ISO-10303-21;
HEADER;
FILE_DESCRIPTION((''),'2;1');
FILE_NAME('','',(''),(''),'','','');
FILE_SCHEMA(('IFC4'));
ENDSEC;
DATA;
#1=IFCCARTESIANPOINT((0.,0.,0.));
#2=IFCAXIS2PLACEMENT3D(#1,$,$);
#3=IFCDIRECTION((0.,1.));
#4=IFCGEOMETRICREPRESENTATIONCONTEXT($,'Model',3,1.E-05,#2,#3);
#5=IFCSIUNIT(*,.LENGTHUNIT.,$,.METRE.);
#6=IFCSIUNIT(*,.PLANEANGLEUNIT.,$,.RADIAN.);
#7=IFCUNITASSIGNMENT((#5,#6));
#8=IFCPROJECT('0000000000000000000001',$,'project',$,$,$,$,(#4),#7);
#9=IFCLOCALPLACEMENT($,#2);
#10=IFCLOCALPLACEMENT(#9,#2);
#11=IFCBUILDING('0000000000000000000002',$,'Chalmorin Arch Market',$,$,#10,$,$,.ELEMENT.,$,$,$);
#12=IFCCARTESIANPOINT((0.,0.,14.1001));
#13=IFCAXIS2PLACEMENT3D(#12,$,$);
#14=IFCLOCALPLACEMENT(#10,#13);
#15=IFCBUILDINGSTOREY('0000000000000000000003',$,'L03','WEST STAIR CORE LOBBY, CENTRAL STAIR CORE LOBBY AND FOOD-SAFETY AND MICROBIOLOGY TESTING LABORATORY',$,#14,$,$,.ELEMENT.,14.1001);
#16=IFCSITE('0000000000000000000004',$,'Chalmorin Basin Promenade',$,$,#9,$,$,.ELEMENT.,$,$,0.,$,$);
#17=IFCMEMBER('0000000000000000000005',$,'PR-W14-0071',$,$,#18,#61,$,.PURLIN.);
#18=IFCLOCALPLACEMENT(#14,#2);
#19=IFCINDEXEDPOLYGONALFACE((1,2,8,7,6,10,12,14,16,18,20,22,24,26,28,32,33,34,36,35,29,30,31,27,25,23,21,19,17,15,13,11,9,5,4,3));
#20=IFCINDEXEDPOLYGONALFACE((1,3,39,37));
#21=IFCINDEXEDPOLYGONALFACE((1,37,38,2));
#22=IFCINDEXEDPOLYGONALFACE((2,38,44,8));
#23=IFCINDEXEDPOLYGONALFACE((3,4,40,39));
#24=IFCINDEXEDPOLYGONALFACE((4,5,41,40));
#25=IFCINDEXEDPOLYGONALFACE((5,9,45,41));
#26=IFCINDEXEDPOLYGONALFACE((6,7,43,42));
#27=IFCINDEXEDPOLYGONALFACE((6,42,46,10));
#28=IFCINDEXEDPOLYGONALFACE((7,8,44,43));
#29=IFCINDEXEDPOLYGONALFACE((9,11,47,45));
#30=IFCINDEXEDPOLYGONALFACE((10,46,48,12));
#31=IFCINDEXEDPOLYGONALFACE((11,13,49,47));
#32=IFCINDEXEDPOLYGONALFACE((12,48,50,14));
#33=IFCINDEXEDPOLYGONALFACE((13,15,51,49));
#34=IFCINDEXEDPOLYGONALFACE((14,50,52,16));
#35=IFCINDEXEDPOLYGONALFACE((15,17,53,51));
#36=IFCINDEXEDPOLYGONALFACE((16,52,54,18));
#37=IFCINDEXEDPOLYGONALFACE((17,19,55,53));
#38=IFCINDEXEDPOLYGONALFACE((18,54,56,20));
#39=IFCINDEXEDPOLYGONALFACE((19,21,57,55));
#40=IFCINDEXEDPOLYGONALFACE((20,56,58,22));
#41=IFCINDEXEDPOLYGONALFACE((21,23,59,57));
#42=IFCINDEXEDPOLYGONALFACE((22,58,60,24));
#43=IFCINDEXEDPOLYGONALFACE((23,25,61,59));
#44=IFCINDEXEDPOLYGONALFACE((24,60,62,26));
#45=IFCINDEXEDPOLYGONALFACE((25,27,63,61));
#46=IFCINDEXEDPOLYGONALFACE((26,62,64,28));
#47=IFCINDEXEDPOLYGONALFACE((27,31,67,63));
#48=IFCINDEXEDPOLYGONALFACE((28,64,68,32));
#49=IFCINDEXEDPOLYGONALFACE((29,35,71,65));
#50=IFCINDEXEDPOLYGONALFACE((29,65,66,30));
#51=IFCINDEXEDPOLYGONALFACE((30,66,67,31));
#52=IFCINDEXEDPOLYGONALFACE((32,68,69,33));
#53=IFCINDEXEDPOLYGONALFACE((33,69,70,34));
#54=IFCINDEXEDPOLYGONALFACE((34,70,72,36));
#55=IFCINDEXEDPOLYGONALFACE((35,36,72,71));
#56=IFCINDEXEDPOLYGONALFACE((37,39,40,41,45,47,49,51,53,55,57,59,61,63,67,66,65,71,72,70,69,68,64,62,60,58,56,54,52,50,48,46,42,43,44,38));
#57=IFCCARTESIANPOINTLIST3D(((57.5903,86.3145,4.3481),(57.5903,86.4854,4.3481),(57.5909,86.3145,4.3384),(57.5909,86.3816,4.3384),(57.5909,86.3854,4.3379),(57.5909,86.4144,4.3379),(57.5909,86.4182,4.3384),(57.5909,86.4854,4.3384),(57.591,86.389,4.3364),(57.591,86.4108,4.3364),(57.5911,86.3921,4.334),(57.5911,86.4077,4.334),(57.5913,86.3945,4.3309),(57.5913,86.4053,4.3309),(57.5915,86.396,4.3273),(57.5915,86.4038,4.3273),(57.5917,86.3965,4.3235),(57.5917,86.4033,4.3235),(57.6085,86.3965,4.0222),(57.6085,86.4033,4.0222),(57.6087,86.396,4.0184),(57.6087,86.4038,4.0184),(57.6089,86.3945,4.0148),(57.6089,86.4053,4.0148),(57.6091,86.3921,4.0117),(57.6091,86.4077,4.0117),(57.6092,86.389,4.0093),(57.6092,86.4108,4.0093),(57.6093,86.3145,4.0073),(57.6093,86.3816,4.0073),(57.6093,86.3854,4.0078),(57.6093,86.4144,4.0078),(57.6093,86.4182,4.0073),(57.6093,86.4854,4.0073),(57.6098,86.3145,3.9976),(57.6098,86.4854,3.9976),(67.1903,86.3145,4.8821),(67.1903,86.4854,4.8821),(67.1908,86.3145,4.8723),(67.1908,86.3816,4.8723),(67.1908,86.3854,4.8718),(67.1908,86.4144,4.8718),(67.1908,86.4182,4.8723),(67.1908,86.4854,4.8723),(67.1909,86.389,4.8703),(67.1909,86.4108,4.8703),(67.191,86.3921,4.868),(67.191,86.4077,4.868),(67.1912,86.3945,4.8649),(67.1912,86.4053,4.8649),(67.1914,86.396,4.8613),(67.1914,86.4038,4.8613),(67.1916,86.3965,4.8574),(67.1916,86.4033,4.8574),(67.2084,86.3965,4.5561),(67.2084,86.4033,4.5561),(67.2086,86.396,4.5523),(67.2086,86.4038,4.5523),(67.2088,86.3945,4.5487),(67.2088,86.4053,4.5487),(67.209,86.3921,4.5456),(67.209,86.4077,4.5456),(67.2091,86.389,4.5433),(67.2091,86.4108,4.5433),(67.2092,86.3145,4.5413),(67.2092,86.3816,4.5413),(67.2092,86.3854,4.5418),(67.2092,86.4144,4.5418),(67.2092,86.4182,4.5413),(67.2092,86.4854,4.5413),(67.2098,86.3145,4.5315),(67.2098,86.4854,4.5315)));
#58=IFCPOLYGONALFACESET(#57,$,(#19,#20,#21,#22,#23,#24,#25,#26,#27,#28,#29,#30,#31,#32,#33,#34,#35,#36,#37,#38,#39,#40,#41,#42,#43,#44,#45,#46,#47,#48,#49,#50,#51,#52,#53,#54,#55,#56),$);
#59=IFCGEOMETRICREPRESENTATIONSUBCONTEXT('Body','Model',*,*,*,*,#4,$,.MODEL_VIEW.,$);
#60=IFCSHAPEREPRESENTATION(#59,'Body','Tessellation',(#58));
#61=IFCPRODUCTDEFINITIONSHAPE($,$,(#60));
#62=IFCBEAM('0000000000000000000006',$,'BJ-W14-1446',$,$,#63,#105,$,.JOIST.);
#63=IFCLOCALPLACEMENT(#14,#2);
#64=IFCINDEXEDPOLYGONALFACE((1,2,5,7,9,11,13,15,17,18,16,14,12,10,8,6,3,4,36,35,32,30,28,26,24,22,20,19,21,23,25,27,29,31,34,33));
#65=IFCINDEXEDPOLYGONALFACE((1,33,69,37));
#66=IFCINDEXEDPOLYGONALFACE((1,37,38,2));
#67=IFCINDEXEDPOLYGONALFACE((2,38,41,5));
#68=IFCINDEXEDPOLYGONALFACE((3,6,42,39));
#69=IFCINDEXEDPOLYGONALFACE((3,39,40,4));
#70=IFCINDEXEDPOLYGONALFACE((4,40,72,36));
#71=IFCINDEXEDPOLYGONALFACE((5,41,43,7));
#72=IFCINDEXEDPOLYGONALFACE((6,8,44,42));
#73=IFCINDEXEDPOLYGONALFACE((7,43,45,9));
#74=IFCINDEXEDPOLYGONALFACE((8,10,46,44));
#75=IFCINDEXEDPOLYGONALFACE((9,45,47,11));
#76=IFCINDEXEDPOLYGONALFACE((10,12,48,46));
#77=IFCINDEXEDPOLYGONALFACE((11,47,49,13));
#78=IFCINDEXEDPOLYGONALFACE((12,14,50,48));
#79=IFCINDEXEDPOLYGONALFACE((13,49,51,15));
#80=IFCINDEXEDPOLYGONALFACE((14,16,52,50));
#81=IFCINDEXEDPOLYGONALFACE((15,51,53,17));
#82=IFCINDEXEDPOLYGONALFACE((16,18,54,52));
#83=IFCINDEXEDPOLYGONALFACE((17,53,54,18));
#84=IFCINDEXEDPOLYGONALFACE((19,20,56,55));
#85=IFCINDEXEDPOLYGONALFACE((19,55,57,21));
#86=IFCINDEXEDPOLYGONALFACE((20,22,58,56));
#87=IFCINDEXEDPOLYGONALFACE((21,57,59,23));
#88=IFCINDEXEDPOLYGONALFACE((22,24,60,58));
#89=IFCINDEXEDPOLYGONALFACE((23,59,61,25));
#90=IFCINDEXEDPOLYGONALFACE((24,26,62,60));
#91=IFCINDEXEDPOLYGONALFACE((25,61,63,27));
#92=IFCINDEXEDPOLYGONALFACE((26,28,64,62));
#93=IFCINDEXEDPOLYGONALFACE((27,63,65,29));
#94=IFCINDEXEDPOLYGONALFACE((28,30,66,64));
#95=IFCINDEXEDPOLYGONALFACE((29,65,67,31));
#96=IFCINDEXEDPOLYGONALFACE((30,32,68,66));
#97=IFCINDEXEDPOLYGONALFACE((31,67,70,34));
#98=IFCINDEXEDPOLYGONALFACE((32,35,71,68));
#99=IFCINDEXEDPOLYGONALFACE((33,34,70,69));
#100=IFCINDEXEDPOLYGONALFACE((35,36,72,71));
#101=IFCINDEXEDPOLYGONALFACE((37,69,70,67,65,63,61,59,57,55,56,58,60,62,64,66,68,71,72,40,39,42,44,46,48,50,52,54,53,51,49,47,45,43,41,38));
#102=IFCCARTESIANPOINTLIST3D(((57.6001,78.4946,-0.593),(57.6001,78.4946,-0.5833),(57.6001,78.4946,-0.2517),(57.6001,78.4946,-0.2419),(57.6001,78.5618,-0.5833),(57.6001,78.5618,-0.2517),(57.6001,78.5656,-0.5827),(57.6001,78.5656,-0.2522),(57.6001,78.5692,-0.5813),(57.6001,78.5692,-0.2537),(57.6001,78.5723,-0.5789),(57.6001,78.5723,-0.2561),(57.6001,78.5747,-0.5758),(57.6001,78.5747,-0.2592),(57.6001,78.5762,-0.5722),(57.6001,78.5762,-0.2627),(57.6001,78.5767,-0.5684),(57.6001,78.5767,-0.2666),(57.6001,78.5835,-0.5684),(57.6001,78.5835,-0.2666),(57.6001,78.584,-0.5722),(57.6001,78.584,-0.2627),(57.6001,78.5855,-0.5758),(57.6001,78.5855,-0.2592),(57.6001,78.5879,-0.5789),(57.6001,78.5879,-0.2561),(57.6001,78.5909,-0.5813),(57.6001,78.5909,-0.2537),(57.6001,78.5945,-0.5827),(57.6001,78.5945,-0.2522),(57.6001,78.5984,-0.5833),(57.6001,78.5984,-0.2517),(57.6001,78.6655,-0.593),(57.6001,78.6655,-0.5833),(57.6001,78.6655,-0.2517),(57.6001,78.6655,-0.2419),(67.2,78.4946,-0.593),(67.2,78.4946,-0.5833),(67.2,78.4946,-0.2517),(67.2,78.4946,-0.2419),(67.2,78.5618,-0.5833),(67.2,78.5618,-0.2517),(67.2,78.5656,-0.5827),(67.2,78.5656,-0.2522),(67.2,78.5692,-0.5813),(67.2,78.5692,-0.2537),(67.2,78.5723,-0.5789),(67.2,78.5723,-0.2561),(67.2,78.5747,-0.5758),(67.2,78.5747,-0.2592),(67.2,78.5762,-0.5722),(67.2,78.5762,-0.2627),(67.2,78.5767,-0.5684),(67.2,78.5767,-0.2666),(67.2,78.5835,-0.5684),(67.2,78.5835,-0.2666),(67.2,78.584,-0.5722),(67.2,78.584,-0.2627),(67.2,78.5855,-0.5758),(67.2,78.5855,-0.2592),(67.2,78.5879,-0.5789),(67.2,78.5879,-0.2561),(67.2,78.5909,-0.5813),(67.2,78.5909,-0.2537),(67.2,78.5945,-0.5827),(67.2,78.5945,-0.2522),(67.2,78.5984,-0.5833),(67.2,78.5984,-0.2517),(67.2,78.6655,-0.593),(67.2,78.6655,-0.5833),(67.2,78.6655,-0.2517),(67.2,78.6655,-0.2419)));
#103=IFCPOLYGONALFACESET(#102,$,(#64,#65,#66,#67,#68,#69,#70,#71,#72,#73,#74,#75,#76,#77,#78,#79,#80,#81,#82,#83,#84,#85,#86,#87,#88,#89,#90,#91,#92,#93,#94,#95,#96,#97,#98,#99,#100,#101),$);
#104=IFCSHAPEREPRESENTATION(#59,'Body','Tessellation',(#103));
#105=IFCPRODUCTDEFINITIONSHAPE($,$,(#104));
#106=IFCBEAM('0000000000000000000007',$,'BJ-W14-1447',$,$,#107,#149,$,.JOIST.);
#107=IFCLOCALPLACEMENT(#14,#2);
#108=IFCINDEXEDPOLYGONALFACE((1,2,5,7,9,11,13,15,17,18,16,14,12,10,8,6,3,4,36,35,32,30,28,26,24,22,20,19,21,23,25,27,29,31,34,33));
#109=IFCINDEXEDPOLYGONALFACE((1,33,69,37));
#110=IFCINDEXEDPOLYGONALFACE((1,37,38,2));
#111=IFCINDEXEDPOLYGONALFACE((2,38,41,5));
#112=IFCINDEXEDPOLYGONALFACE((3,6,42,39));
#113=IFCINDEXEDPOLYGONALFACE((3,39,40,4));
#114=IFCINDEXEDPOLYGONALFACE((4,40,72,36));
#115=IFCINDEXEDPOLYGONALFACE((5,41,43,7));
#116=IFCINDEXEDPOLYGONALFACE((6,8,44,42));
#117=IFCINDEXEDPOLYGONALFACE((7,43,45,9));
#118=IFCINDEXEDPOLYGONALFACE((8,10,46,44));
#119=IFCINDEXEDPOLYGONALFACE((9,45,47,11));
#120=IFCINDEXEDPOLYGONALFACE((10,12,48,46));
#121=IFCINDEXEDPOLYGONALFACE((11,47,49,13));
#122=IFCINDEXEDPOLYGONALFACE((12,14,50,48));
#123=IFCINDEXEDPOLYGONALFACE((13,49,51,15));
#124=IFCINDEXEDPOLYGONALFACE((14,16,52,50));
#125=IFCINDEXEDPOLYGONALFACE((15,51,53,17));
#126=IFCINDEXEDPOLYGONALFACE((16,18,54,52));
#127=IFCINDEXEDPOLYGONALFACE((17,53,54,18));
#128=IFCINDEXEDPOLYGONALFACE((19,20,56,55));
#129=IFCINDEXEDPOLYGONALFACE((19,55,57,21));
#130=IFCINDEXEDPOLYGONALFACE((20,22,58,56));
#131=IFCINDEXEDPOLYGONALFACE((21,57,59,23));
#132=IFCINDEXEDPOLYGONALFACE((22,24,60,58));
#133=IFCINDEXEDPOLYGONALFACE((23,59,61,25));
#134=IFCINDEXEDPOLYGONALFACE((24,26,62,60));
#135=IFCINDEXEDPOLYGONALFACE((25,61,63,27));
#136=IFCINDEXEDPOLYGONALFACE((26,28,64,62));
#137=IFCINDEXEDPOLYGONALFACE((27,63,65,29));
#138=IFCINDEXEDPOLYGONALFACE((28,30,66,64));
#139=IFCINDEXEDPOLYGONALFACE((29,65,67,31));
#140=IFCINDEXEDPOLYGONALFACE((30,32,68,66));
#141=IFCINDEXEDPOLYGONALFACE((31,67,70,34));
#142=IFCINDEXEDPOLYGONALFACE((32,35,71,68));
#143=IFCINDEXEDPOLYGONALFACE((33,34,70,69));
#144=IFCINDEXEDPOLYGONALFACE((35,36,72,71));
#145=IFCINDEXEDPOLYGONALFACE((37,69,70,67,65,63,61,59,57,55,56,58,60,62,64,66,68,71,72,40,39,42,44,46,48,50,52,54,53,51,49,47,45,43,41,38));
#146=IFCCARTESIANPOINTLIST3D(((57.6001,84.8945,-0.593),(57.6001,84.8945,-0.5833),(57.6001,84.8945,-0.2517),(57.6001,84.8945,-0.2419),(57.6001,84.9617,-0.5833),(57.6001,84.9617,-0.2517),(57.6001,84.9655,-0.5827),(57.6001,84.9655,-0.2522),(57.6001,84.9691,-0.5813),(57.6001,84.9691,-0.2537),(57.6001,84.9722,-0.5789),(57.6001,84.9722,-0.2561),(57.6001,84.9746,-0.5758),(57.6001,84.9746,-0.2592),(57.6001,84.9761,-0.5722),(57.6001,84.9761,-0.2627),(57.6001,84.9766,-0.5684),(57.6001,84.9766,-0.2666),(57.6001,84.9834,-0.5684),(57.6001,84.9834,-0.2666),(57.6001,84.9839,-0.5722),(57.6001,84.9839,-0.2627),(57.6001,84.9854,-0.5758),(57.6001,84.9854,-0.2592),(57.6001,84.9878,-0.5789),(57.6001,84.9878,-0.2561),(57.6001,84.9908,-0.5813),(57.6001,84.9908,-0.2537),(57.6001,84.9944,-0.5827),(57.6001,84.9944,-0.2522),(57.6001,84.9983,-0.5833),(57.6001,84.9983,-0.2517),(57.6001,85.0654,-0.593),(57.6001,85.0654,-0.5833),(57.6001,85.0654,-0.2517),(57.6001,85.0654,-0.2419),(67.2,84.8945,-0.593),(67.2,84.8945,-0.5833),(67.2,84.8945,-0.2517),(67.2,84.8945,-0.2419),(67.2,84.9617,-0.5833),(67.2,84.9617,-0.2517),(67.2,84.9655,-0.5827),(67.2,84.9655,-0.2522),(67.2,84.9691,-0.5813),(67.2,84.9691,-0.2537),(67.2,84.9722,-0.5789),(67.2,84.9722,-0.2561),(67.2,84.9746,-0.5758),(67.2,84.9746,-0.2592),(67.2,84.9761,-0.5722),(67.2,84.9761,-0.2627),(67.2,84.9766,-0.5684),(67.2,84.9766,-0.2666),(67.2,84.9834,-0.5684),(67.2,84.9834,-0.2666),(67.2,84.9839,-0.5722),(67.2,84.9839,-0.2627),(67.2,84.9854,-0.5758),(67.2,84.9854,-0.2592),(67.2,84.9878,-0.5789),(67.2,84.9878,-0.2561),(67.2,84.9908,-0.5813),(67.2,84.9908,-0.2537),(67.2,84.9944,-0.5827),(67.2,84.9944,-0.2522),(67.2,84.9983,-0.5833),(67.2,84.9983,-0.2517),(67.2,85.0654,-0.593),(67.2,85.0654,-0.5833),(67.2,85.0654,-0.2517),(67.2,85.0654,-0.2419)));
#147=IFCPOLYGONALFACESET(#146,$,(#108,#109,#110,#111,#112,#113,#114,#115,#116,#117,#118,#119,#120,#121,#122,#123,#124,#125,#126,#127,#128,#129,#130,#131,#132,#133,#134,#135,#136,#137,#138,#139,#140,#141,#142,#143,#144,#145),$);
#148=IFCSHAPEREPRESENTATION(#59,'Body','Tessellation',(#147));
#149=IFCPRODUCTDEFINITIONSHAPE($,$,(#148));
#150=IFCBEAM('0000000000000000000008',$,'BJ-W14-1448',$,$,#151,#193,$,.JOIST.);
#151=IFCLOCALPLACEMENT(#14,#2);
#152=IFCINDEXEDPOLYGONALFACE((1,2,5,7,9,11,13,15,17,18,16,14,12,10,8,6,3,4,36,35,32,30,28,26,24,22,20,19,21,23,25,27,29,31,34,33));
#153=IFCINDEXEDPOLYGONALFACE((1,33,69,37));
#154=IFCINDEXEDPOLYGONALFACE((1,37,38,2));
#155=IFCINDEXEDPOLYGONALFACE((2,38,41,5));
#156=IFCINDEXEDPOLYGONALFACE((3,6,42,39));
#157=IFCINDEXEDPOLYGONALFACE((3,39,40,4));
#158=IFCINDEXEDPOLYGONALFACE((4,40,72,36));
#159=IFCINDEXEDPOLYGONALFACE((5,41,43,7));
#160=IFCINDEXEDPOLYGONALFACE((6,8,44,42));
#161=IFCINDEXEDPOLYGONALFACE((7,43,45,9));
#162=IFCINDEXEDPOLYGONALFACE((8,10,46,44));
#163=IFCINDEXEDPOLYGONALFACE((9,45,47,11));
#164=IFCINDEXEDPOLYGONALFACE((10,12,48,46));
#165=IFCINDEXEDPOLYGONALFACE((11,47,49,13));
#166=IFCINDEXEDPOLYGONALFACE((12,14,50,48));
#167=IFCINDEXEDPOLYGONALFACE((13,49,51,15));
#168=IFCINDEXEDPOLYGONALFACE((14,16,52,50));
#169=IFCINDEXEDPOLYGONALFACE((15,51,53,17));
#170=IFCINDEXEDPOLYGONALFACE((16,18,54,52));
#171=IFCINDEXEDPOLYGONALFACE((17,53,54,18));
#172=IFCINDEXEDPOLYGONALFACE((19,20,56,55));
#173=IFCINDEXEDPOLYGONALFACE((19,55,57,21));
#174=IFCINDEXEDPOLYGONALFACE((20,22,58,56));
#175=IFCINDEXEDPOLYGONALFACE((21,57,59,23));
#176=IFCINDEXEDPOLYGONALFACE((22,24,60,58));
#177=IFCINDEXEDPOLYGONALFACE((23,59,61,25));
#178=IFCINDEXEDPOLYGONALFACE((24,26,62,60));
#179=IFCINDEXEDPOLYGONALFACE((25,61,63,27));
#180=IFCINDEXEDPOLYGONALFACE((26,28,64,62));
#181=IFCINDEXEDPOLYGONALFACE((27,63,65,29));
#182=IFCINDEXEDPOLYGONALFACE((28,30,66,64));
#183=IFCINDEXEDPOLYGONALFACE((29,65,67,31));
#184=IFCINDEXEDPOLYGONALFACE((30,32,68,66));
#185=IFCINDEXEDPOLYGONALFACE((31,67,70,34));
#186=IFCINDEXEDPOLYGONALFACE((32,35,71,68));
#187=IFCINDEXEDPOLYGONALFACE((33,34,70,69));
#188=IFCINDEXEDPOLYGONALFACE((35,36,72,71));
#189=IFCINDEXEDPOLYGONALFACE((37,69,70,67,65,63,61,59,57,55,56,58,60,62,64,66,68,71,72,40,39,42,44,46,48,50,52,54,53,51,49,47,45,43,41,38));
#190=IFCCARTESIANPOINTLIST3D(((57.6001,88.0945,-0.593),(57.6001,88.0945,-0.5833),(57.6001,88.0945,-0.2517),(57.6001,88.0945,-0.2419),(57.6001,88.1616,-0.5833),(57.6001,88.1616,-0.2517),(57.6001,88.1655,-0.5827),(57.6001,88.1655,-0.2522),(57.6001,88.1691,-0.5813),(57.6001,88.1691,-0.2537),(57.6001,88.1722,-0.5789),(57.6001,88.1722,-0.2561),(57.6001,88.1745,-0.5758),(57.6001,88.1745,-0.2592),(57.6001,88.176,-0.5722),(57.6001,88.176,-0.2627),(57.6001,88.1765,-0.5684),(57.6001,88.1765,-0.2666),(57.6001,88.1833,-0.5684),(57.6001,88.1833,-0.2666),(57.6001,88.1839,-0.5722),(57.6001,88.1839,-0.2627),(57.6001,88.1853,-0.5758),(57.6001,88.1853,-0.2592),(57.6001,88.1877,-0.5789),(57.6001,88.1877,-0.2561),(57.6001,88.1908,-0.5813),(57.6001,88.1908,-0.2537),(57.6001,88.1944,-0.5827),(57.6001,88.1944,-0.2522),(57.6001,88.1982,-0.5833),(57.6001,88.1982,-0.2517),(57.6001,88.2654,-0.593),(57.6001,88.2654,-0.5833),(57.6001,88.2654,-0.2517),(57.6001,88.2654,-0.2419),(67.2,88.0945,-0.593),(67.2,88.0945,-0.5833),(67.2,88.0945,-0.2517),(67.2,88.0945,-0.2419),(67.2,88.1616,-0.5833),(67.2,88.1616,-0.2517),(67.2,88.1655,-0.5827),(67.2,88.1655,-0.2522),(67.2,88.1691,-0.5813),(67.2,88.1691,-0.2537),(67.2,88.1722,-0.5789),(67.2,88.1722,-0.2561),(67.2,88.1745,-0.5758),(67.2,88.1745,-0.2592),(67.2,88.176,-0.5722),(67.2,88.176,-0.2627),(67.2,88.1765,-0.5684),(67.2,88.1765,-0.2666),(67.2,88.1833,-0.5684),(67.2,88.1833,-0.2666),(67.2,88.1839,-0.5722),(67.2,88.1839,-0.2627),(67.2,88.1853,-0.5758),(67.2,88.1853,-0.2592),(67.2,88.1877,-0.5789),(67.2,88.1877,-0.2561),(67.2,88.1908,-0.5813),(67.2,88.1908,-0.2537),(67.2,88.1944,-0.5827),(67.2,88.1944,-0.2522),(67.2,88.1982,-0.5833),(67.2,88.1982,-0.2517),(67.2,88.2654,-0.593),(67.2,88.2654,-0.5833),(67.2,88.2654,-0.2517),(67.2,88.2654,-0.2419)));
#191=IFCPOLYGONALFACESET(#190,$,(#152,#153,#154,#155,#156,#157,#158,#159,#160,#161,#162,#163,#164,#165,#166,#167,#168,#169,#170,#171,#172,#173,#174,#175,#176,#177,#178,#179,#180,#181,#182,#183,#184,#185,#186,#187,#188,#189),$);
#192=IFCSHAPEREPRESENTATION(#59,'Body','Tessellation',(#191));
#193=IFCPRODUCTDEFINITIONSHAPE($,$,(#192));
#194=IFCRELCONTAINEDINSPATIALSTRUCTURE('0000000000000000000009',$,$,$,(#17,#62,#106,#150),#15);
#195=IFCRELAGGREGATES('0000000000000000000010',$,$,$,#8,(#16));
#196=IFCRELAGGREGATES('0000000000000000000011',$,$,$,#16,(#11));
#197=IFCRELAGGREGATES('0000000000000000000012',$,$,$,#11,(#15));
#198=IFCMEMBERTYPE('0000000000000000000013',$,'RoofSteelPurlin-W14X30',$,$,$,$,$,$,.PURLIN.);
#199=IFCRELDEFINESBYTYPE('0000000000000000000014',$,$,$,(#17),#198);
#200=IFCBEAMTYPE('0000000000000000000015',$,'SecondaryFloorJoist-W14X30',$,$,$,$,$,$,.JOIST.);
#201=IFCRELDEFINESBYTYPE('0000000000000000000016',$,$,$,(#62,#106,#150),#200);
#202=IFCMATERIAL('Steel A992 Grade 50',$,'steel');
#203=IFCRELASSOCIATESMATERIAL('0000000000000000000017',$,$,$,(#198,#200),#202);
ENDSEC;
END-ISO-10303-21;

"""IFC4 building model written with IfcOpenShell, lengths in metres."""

from ifc_helpers import new_model, si_unit, direction, frame, origin, origin_2d, place, context, subcontext, project, spatial, i_section, extrude, material, material_profile, profile_set, type_object, element, save


model = new_model("IFC4")

# Units and contexts
model_context = context("Model", 3, precision=1e-05, world=origin(), true_north=direction((0.0, 1.0)))
body_context = subcontext(model_context, "Body", "Model", "MODEL_VIEW")
ifc_project = project(units=[si_unit("LENGTHUNIT", "METRE"), si_unit("PLANEANGLEUNIT", "RADIAN")], contexts=[model_context])

# Site, building, storey
site_placement = place(None, origin())
site = spatial("IfcSite", under=ifc_project, at=site_placement, Name="Chalmorin Basin Promenade", CompositionType="ELEMENT", RefElevation=0.0)
building_placement = place(site_placement, origin())
building = spatial("IfcBuilding", under=site, at=building_placement, Name="Chalmorin Arch Market", CompositionType="ELEMENT")
storey_placement = place(building_placement, frame((0.0, 0.0, 14.1001)))
storey = spatial("IfcBuildingStorey", under=building, at=storey_placement, Name="L03", Description="WEST STAIR CORE LOBBY, CENTRAL STAIR CORE LOBBY AND FOOD-SAFETY AND MICROBIOLOGY TESTING LABORATORY", CompositionType="ELEMENT", Elevation=14.1001)

# Shared definitions
ifc_material_1 = material(Name="Steel A992 Grade 50", Category="steel")

# Member
ifc_material_profile_1 = material_profile(ifc_material_1, i_section(OverallWidth=0.1709, OverallDepth=0.3511, WebThickness=0.0068, FlangeThickness=0.0098, FilletRadius=0.0149, at=origin_2d()), Name="W14X30")
ifc_profile_set_1 = profile_set([ifc_material_profile_1], Name="Steel A992 Grade 50")
member_type_1 = type_object("IfcMemberType", Name="RoofSteelPurlin-W14X30", PredefinedType="PURLIN", material=ifc_profile_set_1)
member_1_placement = place(storey_placement, frame((57.6001, 86.3999, 4.1729), z_axis=(0.998457, 0.0, 0.055533), x_axis=(0.0, 1.0, 0.0)))
element("IfcMember", 1, at=member_1_placement, inside=storey, type_object=member_type_1, Name="PR-W14-0071", PredefinedType="PURLIN", context=body_context, shape_type="SweptSolid", body=[
    extrude(i_section(OverallWidth=0.1709, OverallDepth=0.3511, WebThickness=0.0068, FlangeThickness=0.0098, FilletRadius=0.0149, at=origin_2d()), origin(), (0.0, 0.0, 1.0), 9.6147),
])

# Beams
ifc_material_profile_2 = material_profile(ifc_material_1, i_section(OverallWidth=0.1709, OverallDepth=0.3511, WebThickness=0.0068, FlangeThickness=0.0098, FilletRadius=0.0149, at=origin_2d()), Name="W14X30")
ifc_profile_set_2 = profile_set([ifc_material_profile_2], Name="Steel A992 Grade 50")
beam_type_1 = type_object("IfcBeamType", Name="SecondaryFloorJoist-W14X30", PredefinedType="JOIST", material=ifc_profile_set_2)
for number, where, z_axis, x_axis, name in (
    (2, (57.6001, 78.5801, -0.4175), (1.0, 0.0, 0.0), (0.0, 1.0, 0.0), "BJ-W14-1446"),
    (3, (57.6001, 84.98, -0.4175), (1.0, 0.0, 0.0), (0.0, 1.0, 0.0), "BJ-W14-1447"),
    (4, (57.6001, 88.1799, -0.4175), (1.0, 0.0, 0.0), (0.0, 1.0, 0.0), "BJ-W14-1448"),
):
    element("IfcBeam", number, at=place(storey_placement, frame(where, z_axis=z_axis, x_axis=x_axis)), inside=storey, type_object=beam_type_1, Name=name, PredefinedType="JOIST", context=body_context, shape_type="SweptSolid", body=[
        extrude(i_section(OverallWidth=0.1709, OverallDepth=0.3511, WebThickness=0.0068, FlangeThickness=0.0098, FilletRadius=0.0149, at=origin_2d()), origin(), (0.0, 0.0, 1.0), 9.5999),
    ])

save(model, "model.ifc")
